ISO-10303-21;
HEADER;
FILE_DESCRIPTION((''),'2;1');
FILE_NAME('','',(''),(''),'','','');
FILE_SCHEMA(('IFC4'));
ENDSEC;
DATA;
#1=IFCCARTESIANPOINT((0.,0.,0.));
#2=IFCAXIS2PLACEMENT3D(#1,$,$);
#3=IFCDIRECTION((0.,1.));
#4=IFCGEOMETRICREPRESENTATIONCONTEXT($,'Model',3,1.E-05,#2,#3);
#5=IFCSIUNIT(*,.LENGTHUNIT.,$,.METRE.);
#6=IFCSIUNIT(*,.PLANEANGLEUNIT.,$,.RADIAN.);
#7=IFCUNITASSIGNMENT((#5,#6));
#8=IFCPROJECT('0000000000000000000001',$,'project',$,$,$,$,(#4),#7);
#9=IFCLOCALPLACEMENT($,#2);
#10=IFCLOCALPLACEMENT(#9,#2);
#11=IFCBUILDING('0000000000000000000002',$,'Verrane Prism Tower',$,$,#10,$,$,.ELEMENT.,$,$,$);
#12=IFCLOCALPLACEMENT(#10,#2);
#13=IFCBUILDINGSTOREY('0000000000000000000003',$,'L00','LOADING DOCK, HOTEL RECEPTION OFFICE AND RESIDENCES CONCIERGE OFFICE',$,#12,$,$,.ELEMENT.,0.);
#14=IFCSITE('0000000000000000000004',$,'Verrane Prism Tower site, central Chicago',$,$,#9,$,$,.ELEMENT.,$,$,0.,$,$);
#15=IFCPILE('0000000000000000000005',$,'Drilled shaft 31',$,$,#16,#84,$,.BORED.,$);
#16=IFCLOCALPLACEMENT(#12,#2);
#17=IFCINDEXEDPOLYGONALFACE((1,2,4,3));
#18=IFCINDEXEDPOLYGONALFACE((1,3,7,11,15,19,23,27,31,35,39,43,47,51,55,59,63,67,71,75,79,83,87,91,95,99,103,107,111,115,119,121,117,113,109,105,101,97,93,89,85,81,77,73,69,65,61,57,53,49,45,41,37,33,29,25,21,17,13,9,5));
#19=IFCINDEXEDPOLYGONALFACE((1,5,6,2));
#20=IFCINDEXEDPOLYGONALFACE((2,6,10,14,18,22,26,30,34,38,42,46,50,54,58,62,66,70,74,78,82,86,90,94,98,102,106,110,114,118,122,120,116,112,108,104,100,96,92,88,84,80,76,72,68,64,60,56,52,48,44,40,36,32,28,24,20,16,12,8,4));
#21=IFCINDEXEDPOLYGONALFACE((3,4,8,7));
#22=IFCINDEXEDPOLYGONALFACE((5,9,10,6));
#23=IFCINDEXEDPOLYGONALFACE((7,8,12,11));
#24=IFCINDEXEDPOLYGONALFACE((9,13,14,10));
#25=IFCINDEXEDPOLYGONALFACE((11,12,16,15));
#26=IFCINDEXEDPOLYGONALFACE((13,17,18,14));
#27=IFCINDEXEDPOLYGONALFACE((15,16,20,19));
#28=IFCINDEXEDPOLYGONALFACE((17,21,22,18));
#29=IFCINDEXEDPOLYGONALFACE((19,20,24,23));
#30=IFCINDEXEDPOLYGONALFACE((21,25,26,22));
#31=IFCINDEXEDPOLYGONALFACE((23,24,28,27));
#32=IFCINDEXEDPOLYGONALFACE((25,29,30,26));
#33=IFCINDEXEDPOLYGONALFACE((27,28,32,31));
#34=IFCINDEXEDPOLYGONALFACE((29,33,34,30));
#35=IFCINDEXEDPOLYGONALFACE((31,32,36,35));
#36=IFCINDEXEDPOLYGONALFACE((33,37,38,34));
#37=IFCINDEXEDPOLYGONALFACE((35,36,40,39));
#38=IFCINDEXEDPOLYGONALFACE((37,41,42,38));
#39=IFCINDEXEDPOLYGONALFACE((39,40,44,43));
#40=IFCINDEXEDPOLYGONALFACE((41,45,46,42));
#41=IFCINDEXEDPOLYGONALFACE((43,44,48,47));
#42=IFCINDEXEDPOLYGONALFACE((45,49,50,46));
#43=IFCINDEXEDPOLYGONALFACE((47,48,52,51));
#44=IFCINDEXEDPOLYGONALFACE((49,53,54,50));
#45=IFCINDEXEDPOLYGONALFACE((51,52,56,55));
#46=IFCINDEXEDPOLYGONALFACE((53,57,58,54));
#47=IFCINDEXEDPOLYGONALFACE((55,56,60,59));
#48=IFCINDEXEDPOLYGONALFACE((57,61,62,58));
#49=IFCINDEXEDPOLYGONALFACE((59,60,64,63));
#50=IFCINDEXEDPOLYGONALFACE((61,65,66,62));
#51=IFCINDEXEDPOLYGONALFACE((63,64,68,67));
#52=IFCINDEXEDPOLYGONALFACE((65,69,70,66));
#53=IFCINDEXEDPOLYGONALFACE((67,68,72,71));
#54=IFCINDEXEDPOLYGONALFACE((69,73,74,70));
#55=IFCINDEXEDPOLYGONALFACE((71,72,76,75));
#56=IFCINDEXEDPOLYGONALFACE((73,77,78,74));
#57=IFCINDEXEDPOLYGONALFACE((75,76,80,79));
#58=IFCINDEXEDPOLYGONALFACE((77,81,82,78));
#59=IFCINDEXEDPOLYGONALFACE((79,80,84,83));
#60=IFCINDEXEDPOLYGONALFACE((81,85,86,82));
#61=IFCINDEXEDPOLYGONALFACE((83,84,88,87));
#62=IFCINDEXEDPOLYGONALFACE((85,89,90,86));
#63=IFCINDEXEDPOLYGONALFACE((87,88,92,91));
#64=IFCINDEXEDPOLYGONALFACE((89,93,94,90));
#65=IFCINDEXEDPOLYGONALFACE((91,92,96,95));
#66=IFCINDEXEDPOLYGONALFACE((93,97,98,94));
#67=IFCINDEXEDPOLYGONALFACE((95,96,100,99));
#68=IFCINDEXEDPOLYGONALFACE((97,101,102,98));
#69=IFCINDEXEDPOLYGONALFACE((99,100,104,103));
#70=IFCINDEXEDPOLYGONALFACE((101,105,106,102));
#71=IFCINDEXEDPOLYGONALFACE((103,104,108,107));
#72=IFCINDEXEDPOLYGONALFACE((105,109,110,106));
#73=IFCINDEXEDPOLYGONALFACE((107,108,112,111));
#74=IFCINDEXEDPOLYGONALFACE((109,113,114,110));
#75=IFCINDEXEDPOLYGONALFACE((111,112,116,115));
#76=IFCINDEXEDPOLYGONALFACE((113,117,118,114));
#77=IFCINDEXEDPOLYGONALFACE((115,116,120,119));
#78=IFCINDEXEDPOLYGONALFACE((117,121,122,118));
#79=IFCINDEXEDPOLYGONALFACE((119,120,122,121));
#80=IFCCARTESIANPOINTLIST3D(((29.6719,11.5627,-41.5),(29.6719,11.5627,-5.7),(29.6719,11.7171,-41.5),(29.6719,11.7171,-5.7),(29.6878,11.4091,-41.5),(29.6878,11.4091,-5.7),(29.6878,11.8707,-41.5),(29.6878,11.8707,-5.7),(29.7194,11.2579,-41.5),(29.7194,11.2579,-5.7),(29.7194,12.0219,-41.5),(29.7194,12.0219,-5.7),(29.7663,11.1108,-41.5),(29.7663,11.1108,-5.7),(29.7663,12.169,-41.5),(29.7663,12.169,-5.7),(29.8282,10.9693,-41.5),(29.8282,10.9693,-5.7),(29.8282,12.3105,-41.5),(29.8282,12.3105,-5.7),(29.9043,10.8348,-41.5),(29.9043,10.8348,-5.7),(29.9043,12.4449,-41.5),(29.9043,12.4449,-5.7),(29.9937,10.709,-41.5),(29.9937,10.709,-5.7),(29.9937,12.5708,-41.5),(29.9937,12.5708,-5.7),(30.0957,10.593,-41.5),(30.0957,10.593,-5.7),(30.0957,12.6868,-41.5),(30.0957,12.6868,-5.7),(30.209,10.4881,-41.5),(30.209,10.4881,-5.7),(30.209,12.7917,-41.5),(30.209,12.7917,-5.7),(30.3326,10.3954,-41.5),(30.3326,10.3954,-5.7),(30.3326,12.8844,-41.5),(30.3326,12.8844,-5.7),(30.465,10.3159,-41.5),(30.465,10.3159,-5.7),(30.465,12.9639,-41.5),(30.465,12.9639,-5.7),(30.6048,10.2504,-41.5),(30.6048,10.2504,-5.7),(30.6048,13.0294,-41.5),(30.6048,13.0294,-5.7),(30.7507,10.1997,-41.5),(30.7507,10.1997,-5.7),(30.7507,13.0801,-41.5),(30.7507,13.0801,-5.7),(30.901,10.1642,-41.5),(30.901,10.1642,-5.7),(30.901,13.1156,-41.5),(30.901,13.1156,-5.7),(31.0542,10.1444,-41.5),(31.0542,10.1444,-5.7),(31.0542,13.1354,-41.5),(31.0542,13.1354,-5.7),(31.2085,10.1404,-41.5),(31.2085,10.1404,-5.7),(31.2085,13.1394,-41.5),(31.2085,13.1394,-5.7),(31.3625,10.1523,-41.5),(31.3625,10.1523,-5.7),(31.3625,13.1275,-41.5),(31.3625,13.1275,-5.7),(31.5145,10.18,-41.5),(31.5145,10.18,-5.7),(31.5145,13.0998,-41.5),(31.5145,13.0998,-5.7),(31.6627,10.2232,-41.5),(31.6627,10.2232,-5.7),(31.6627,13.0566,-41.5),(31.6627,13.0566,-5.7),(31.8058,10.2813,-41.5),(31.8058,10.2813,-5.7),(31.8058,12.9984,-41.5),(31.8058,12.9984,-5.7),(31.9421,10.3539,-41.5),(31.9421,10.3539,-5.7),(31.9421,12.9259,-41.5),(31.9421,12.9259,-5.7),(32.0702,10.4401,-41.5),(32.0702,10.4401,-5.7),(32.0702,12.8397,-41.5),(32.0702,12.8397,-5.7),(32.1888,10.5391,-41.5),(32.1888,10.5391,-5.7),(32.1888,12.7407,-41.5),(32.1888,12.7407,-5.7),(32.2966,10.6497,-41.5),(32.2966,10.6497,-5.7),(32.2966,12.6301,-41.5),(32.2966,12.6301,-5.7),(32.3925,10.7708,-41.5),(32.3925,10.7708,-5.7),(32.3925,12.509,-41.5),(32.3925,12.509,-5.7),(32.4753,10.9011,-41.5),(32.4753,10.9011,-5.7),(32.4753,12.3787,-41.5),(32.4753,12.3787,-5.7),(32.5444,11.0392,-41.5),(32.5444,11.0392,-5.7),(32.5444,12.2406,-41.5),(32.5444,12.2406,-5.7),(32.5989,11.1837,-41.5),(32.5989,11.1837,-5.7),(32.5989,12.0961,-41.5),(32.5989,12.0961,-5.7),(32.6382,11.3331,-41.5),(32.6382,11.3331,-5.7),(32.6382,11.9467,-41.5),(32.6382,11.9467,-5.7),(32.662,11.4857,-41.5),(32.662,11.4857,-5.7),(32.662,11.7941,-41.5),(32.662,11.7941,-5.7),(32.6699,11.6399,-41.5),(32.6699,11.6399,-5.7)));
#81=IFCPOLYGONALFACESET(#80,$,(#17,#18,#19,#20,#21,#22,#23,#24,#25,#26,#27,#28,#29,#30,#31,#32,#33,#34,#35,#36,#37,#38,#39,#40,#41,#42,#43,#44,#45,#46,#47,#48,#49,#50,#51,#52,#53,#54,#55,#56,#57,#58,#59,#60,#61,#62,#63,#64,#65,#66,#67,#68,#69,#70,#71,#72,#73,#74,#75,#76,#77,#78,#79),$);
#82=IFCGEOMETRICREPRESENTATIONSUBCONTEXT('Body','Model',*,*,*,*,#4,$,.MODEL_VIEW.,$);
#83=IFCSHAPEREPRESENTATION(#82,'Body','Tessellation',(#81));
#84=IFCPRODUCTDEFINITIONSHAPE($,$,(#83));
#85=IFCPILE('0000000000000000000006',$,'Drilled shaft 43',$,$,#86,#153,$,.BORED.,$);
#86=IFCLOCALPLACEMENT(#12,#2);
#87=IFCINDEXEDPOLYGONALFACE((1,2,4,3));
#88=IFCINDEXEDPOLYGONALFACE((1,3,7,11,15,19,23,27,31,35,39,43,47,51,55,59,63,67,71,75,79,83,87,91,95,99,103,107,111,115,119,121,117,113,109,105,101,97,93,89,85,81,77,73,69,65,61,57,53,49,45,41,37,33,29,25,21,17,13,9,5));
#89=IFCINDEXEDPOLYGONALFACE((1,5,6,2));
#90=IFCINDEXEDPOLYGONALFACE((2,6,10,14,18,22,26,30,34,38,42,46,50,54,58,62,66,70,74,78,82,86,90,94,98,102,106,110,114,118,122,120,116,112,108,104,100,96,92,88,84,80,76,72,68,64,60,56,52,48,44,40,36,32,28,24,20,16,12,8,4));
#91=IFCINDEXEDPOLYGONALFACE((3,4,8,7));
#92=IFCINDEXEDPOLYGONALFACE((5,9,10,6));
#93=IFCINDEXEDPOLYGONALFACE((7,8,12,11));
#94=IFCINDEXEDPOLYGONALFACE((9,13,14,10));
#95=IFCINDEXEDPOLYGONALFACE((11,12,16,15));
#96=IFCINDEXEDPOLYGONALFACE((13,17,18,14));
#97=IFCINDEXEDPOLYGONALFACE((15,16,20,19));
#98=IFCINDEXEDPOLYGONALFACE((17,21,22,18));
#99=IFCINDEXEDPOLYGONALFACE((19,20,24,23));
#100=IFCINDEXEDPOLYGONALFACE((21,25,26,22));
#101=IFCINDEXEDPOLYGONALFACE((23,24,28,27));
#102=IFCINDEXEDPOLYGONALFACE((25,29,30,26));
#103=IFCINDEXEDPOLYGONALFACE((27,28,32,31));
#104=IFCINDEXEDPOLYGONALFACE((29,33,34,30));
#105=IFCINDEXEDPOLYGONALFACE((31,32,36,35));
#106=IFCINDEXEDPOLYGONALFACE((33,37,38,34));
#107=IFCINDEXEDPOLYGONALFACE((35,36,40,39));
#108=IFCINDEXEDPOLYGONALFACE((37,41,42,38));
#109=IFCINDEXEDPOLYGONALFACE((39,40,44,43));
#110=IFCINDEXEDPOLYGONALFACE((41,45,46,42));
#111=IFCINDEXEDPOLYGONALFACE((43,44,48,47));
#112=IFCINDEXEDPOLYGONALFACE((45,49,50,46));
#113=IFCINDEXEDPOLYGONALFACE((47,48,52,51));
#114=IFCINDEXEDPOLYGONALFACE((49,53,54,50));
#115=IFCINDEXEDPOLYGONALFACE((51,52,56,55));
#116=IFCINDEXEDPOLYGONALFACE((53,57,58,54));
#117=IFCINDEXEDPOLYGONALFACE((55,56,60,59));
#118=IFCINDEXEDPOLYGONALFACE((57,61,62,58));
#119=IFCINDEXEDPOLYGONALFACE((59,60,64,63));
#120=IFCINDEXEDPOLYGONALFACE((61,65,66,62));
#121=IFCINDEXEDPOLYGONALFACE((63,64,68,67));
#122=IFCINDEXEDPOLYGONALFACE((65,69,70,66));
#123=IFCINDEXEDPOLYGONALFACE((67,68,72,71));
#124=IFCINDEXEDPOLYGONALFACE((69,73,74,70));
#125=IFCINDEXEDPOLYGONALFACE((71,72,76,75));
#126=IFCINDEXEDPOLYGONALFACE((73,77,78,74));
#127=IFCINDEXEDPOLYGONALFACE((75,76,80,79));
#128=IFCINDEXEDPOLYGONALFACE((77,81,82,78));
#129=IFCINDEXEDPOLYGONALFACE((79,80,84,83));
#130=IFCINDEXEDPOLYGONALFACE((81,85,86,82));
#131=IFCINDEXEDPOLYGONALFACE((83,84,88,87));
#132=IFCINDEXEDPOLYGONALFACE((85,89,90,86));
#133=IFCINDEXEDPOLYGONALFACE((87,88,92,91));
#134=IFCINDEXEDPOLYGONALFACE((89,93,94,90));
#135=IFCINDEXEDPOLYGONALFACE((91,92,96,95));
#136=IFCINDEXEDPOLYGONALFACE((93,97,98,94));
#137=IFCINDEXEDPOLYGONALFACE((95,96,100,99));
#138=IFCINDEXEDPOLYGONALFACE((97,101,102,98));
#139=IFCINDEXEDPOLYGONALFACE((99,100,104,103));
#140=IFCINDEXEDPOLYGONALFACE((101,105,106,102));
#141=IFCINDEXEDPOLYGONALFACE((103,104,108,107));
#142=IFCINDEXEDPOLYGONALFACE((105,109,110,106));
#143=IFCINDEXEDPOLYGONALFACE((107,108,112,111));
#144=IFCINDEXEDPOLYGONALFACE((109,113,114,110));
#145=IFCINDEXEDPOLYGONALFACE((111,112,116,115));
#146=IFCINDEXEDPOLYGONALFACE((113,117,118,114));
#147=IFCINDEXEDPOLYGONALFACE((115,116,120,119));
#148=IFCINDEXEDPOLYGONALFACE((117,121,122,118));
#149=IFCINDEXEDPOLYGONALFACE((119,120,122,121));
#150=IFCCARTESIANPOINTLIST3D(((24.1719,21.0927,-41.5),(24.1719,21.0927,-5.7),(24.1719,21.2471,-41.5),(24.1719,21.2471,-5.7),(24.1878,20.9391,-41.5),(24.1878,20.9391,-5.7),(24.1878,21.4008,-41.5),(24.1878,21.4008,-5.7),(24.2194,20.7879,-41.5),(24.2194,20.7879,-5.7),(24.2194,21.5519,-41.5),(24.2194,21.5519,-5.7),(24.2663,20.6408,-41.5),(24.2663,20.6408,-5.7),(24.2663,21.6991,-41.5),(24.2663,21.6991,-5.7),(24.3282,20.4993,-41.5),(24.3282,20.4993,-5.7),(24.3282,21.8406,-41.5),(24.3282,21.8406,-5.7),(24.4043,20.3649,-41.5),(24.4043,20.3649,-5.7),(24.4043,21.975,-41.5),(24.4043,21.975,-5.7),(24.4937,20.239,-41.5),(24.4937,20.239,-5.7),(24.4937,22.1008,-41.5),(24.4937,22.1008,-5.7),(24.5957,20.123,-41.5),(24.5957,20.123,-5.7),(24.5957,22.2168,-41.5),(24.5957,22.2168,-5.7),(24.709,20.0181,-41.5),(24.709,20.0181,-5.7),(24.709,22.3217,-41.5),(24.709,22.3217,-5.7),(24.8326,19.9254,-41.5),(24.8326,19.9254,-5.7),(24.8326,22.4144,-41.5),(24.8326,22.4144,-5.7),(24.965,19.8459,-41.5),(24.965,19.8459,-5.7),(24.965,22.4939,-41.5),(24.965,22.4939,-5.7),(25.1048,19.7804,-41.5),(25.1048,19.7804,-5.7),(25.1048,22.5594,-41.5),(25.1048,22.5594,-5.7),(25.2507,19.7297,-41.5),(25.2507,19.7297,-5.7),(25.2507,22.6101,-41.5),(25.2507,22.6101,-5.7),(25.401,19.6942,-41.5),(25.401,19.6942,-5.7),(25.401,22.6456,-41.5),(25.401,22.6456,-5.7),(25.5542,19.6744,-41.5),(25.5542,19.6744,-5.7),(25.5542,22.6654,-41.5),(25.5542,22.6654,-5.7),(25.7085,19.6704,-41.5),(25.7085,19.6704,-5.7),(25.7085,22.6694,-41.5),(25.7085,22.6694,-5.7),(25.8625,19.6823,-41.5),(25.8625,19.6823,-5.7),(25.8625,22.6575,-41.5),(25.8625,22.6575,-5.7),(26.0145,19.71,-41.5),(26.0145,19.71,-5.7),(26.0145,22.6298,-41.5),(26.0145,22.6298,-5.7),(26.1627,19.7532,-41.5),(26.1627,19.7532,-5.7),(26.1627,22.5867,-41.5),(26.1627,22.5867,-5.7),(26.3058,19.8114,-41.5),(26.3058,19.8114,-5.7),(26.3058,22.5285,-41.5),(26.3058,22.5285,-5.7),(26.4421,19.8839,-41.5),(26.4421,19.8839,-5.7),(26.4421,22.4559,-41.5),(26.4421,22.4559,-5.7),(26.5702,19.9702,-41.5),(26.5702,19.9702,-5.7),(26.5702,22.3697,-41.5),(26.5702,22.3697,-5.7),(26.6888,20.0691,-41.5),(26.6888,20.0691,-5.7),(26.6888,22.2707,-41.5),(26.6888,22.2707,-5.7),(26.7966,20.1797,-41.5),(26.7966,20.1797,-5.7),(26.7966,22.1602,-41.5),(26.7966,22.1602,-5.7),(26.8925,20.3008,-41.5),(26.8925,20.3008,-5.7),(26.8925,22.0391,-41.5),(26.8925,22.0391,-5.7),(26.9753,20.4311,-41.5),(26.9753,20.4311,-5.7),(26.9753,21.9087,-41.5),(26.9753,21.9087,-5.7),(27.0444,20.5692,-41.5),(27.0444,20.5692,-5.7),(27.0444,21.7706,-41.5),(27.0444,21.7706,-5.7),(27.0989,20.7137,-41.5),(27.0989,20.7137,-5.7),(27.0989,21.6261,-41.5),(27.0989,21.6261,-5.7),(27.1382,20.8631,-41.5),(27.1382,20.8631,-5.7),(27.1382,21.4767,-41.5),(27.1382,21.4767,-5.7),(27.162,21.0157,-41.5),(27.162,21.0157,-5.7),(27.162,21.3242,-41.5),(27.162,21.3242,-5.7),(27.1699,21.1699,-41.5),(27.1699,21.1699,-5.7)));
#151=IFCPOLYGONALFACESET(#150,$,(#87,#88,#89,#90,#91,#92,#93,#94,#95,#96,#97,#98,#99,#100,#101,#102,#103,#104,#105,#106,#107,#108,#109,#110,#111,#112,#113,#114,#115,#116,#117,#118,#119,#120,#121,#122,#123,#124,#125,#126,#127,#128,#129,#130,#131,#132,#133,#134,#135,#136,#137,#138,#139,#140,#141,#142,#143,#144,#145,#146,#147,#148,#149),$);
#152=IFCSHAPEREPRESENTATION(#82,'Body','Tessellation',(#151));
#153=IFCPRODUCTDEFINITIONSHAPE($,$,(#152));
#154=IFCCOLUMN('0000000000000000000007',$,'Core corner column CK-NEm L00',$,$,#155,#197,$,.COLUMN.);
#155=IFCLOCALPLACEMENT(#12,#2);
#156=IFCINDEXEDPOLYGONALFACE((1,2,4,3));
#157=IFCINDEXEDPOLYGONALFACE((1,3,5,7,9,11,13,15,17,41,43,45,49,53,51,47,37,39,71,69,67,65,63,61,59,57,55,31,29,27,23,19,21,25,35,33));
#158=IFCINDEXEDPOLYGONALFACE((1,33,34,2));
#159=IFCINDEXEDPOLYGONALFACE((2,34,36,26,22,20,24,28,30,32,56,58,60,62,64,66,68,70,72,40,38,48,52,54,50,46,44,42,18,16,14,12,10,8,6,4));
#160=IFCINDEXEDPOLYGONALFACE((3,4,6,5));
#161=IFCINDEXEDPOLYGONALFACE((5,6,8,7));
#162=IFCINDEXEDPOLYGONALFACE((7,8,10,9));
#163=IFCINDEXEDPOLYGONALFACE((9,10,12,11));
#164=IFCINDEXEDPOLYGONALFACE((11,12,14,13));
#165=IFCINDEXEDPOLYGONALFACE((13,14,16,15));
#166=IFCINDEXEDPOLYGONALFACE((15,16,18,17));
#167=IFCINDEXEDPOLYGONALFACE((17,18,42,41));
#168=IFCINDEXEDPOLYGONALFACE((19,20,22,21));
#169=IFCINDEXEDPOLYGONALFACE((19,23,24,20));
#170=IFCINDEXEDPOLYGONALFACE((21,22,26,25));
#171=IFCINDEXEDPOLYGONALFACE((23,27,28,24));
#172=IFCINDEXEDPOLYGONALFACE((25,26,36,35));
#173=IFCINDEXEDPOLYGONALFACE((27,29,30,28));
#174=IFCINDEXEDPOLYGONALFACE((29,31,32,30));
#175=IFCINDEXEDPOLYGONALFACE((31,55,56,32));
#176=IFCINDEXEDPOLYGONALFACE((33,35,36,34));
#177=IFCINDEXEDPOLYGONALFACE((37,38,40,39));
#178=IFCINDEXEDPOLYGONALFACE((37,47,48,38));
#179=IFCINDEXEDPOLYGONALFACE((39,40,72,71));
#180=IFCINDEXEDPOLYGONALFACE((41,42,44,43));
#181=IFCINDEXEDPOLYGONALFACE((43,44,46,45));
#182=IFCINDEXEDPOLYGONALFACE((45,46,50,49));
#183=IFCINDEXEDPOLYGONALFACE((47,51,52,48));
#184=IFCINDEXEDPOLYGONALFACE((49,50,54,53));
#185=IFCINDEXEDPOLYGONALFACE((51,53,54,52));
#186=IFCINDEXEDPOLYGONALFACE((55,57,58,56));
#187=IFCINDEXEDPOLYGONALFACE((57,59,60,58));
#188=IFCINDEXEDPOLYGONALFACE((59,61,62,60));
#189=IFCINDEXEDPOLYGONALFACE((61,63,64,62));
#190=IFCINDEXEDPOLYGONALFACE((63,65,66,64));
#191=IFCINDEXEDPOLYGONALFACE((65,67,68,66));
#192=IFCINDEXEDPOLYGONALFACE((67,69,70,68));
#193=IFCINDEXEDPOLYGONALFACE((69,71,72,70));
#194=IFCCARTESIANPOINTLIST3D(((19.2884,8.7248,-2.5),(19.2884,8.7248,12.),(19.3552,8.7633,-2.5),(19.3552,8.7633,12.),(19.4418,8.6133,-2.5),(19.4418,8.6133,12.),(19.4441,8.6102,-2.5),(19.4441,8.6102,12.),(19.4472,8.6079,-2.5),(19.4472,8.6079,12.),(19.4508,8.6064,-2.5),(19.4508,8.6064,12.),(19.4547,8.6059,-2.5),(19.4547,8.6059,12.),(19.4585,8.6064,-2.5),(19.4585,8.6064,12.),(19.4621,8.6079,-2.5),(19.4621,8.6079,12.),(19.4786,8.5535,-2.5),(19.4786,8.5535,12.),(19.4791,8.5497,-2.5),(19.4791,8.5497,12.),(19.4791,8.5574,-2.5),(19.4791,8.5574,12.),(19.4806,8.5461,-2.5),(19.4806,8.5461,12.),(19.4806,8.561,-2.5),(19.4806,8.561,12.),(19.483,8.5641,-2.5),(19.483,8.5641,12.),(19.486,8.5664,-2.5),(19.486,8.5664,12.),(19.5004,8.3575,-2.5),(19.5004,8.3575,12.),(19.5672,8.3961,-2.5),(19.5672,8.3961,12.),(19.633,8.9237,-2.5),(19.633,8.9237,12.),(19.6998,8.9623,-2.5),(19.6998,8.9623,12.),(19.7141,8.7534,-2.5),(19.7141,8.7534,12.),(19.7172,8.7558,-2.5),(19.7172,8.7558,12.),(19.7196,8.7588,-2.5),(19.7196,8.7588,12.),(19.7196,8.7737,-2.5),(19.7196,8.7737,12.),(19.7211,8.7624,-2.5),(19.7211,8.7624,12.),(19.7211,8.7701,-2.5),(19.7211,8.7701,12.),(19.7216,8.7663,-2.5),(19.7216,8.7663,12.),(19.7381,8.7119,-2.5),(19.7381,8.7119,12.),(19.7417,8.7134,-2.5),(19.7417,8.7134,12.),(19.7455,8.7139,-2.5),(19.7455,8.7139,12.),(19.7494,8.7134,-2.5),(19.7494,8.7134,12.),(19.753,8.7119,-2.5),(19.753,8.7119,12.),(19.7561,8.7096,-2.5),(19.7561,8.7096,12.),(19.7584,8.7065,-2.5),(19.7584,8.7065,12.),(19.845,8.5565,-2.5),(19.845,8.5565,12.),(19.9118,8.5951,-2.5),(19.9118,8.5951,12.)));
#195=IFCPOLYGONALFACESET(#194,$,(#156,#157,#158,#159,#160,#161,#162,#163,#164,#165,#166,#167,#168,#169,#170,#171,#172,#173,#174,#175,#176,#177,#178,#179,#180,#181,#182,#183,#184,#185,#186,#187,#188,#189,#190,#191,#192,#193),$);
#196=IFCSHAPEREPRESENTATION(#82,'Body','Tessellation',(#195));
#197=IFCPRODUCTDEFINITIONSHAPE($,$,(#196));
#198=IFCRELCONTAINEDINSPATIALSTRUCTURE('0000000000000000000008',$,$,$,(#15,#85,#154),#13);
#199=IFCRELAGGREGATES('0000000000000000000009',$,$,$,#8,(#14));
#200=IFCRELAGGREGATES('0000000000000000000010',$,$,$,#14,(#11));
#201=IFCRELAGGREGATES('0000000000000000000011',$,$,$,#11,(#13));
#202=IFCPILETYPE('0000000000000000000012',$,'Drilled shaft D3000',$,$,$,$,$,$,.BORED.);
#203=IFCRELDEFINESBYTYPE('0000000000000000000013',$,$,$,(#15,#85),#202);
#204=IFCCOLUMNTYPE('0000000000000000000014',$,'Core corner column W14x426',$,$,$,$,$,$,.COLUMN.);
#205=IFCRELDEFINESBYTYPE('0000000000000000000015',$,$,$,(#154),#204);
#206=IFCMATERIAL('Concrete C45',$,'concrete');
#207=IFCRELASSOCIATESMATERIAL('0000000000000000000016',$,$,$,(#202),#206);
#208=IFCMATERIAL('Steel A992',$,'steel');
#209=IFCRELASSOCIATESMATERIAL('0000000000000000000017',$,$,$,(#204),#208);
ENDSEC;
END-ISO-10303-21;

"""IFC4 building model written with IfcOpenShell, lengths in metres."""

from ifc_helpers import new_model, si_unit, direction, frame, origin, origin_2d, place, context, subcontext, project, spatial, circle, i_section, extrude, material, material_profile, profile_set, type_object, element, save


model = new_model("IFC4")

# Units and contexts
model_context = context("Model", 3, precision=1e-05, world=origin(), true_north=direction((0.0, 1.0)))
body_context = subcontext(model_context, "Body", "Model", "MODEL_VIEW")
ifc_project = project(units=[si_unit("LENGTHUNIT", "METRE"), si_unit("PLANEANGLEUNIT", "RADIAN")], contexts=[model_context])

# Site, building, storey
site_placement = place(None, origin())
site = spatial("IfcSite", under=ifc_project, at=site_placement, Name="Verrane Prism Tower site, central Chicago", CompositionType="ELEMENT", RefElevation=0.0)
building_placement = place(site_placement, origin())
building = spatial("IfcBuilding", under=site, at=building_placement, Name="Verrane Prism Tower", CompositionType="ELEMENT")
storey_placement = place(building_placement, origin())
storey = spatial("IfcBuildingStorey", under=building, at=storey_placement, Name="L00", Description="LOADING DOCK, HOTEL RECEPTION OFFICE AND RESIDENCES CONCIERGE OFFICE", CompositionType="ELEMENT", Elevation=0.0)

# Piles
ifc_material_1 = material(Name="Concrete C45", Category="concrete")
pile_type_1 = type_object("IfcPileType", Name="Drilled shaft D3000", PredefinedType="BORED", material=ifc_material_1)
for number, where, z_axis, x_axis, name in (
    (1, (31.1699, 11.6399, -5.7), (0.0, 0.0, -1.0), (1.0, 0.0, 0.0), "Drilled shaft 31"),
    (2, (25.6699, 21.1699, -5.7), (0.0, 0.0, -1.0), (1.0, 0.0, 0.0), "Drilled shaft 43"),
):
    element("IfcPile", number, at=place(storey_placement, frame(where, z_axis=z_axis, x_axis=x_axis)), inside=storey, type_object=pile_type_1, Name=name, PredefinedType="BORED", context=body_context, shape_type="SweptSolid", body=[
        extrude(circle(Radius=1.5, at=origin_2d()), origin(), (0.0, 0.0, 1.0), 35.8),
    ])

# Column
ifc_material_2 = material(Name="Steel A992", Category="steel")
ifc_material_profile_1 = material_profile(ifc_material_2, i_section(OverallWidth=0.4241, OverallDepth=0.4751, WebThickness=0.0479, FlangeThickness=0.0771, FilletRadius=0.0149, at=origin_2d()), Name="W14x426")
ifc_profile_set_1 = profile_set([ifc_material_profile_1], Name="Steel A992")
column_type_1 = type_object("IfcColumnType", Name="Core corner column W14x426", PredefinedType="COLUMN", material=ifc_profile_set_1)
column_placement = place(storey_placement, frame((19.6001, 8.6599, -2.5), z_axis=(0.0, 0.0, 1.0), x_axis=(0.5, -0.866025, 0.0)))
element("IfcColumn", 3, at=column_placement, inside=storey, type_object=column_type_1, Name="Core corner column CK-NEm L00", PredefinedType="COLUMN", context=body_context, shape_type="SweptSolid", body=[
    extrude(i_section(OverallWidth=0.4241, OverallDepth=0.4751, WebThickness=0.0479, FlangeThickness=0.0771, FilletRadius=0.0149, at=origin_2d()), origin(), (0.0, 0.0, 1.0), 14.5),
])

save(model, "model.ifc")
